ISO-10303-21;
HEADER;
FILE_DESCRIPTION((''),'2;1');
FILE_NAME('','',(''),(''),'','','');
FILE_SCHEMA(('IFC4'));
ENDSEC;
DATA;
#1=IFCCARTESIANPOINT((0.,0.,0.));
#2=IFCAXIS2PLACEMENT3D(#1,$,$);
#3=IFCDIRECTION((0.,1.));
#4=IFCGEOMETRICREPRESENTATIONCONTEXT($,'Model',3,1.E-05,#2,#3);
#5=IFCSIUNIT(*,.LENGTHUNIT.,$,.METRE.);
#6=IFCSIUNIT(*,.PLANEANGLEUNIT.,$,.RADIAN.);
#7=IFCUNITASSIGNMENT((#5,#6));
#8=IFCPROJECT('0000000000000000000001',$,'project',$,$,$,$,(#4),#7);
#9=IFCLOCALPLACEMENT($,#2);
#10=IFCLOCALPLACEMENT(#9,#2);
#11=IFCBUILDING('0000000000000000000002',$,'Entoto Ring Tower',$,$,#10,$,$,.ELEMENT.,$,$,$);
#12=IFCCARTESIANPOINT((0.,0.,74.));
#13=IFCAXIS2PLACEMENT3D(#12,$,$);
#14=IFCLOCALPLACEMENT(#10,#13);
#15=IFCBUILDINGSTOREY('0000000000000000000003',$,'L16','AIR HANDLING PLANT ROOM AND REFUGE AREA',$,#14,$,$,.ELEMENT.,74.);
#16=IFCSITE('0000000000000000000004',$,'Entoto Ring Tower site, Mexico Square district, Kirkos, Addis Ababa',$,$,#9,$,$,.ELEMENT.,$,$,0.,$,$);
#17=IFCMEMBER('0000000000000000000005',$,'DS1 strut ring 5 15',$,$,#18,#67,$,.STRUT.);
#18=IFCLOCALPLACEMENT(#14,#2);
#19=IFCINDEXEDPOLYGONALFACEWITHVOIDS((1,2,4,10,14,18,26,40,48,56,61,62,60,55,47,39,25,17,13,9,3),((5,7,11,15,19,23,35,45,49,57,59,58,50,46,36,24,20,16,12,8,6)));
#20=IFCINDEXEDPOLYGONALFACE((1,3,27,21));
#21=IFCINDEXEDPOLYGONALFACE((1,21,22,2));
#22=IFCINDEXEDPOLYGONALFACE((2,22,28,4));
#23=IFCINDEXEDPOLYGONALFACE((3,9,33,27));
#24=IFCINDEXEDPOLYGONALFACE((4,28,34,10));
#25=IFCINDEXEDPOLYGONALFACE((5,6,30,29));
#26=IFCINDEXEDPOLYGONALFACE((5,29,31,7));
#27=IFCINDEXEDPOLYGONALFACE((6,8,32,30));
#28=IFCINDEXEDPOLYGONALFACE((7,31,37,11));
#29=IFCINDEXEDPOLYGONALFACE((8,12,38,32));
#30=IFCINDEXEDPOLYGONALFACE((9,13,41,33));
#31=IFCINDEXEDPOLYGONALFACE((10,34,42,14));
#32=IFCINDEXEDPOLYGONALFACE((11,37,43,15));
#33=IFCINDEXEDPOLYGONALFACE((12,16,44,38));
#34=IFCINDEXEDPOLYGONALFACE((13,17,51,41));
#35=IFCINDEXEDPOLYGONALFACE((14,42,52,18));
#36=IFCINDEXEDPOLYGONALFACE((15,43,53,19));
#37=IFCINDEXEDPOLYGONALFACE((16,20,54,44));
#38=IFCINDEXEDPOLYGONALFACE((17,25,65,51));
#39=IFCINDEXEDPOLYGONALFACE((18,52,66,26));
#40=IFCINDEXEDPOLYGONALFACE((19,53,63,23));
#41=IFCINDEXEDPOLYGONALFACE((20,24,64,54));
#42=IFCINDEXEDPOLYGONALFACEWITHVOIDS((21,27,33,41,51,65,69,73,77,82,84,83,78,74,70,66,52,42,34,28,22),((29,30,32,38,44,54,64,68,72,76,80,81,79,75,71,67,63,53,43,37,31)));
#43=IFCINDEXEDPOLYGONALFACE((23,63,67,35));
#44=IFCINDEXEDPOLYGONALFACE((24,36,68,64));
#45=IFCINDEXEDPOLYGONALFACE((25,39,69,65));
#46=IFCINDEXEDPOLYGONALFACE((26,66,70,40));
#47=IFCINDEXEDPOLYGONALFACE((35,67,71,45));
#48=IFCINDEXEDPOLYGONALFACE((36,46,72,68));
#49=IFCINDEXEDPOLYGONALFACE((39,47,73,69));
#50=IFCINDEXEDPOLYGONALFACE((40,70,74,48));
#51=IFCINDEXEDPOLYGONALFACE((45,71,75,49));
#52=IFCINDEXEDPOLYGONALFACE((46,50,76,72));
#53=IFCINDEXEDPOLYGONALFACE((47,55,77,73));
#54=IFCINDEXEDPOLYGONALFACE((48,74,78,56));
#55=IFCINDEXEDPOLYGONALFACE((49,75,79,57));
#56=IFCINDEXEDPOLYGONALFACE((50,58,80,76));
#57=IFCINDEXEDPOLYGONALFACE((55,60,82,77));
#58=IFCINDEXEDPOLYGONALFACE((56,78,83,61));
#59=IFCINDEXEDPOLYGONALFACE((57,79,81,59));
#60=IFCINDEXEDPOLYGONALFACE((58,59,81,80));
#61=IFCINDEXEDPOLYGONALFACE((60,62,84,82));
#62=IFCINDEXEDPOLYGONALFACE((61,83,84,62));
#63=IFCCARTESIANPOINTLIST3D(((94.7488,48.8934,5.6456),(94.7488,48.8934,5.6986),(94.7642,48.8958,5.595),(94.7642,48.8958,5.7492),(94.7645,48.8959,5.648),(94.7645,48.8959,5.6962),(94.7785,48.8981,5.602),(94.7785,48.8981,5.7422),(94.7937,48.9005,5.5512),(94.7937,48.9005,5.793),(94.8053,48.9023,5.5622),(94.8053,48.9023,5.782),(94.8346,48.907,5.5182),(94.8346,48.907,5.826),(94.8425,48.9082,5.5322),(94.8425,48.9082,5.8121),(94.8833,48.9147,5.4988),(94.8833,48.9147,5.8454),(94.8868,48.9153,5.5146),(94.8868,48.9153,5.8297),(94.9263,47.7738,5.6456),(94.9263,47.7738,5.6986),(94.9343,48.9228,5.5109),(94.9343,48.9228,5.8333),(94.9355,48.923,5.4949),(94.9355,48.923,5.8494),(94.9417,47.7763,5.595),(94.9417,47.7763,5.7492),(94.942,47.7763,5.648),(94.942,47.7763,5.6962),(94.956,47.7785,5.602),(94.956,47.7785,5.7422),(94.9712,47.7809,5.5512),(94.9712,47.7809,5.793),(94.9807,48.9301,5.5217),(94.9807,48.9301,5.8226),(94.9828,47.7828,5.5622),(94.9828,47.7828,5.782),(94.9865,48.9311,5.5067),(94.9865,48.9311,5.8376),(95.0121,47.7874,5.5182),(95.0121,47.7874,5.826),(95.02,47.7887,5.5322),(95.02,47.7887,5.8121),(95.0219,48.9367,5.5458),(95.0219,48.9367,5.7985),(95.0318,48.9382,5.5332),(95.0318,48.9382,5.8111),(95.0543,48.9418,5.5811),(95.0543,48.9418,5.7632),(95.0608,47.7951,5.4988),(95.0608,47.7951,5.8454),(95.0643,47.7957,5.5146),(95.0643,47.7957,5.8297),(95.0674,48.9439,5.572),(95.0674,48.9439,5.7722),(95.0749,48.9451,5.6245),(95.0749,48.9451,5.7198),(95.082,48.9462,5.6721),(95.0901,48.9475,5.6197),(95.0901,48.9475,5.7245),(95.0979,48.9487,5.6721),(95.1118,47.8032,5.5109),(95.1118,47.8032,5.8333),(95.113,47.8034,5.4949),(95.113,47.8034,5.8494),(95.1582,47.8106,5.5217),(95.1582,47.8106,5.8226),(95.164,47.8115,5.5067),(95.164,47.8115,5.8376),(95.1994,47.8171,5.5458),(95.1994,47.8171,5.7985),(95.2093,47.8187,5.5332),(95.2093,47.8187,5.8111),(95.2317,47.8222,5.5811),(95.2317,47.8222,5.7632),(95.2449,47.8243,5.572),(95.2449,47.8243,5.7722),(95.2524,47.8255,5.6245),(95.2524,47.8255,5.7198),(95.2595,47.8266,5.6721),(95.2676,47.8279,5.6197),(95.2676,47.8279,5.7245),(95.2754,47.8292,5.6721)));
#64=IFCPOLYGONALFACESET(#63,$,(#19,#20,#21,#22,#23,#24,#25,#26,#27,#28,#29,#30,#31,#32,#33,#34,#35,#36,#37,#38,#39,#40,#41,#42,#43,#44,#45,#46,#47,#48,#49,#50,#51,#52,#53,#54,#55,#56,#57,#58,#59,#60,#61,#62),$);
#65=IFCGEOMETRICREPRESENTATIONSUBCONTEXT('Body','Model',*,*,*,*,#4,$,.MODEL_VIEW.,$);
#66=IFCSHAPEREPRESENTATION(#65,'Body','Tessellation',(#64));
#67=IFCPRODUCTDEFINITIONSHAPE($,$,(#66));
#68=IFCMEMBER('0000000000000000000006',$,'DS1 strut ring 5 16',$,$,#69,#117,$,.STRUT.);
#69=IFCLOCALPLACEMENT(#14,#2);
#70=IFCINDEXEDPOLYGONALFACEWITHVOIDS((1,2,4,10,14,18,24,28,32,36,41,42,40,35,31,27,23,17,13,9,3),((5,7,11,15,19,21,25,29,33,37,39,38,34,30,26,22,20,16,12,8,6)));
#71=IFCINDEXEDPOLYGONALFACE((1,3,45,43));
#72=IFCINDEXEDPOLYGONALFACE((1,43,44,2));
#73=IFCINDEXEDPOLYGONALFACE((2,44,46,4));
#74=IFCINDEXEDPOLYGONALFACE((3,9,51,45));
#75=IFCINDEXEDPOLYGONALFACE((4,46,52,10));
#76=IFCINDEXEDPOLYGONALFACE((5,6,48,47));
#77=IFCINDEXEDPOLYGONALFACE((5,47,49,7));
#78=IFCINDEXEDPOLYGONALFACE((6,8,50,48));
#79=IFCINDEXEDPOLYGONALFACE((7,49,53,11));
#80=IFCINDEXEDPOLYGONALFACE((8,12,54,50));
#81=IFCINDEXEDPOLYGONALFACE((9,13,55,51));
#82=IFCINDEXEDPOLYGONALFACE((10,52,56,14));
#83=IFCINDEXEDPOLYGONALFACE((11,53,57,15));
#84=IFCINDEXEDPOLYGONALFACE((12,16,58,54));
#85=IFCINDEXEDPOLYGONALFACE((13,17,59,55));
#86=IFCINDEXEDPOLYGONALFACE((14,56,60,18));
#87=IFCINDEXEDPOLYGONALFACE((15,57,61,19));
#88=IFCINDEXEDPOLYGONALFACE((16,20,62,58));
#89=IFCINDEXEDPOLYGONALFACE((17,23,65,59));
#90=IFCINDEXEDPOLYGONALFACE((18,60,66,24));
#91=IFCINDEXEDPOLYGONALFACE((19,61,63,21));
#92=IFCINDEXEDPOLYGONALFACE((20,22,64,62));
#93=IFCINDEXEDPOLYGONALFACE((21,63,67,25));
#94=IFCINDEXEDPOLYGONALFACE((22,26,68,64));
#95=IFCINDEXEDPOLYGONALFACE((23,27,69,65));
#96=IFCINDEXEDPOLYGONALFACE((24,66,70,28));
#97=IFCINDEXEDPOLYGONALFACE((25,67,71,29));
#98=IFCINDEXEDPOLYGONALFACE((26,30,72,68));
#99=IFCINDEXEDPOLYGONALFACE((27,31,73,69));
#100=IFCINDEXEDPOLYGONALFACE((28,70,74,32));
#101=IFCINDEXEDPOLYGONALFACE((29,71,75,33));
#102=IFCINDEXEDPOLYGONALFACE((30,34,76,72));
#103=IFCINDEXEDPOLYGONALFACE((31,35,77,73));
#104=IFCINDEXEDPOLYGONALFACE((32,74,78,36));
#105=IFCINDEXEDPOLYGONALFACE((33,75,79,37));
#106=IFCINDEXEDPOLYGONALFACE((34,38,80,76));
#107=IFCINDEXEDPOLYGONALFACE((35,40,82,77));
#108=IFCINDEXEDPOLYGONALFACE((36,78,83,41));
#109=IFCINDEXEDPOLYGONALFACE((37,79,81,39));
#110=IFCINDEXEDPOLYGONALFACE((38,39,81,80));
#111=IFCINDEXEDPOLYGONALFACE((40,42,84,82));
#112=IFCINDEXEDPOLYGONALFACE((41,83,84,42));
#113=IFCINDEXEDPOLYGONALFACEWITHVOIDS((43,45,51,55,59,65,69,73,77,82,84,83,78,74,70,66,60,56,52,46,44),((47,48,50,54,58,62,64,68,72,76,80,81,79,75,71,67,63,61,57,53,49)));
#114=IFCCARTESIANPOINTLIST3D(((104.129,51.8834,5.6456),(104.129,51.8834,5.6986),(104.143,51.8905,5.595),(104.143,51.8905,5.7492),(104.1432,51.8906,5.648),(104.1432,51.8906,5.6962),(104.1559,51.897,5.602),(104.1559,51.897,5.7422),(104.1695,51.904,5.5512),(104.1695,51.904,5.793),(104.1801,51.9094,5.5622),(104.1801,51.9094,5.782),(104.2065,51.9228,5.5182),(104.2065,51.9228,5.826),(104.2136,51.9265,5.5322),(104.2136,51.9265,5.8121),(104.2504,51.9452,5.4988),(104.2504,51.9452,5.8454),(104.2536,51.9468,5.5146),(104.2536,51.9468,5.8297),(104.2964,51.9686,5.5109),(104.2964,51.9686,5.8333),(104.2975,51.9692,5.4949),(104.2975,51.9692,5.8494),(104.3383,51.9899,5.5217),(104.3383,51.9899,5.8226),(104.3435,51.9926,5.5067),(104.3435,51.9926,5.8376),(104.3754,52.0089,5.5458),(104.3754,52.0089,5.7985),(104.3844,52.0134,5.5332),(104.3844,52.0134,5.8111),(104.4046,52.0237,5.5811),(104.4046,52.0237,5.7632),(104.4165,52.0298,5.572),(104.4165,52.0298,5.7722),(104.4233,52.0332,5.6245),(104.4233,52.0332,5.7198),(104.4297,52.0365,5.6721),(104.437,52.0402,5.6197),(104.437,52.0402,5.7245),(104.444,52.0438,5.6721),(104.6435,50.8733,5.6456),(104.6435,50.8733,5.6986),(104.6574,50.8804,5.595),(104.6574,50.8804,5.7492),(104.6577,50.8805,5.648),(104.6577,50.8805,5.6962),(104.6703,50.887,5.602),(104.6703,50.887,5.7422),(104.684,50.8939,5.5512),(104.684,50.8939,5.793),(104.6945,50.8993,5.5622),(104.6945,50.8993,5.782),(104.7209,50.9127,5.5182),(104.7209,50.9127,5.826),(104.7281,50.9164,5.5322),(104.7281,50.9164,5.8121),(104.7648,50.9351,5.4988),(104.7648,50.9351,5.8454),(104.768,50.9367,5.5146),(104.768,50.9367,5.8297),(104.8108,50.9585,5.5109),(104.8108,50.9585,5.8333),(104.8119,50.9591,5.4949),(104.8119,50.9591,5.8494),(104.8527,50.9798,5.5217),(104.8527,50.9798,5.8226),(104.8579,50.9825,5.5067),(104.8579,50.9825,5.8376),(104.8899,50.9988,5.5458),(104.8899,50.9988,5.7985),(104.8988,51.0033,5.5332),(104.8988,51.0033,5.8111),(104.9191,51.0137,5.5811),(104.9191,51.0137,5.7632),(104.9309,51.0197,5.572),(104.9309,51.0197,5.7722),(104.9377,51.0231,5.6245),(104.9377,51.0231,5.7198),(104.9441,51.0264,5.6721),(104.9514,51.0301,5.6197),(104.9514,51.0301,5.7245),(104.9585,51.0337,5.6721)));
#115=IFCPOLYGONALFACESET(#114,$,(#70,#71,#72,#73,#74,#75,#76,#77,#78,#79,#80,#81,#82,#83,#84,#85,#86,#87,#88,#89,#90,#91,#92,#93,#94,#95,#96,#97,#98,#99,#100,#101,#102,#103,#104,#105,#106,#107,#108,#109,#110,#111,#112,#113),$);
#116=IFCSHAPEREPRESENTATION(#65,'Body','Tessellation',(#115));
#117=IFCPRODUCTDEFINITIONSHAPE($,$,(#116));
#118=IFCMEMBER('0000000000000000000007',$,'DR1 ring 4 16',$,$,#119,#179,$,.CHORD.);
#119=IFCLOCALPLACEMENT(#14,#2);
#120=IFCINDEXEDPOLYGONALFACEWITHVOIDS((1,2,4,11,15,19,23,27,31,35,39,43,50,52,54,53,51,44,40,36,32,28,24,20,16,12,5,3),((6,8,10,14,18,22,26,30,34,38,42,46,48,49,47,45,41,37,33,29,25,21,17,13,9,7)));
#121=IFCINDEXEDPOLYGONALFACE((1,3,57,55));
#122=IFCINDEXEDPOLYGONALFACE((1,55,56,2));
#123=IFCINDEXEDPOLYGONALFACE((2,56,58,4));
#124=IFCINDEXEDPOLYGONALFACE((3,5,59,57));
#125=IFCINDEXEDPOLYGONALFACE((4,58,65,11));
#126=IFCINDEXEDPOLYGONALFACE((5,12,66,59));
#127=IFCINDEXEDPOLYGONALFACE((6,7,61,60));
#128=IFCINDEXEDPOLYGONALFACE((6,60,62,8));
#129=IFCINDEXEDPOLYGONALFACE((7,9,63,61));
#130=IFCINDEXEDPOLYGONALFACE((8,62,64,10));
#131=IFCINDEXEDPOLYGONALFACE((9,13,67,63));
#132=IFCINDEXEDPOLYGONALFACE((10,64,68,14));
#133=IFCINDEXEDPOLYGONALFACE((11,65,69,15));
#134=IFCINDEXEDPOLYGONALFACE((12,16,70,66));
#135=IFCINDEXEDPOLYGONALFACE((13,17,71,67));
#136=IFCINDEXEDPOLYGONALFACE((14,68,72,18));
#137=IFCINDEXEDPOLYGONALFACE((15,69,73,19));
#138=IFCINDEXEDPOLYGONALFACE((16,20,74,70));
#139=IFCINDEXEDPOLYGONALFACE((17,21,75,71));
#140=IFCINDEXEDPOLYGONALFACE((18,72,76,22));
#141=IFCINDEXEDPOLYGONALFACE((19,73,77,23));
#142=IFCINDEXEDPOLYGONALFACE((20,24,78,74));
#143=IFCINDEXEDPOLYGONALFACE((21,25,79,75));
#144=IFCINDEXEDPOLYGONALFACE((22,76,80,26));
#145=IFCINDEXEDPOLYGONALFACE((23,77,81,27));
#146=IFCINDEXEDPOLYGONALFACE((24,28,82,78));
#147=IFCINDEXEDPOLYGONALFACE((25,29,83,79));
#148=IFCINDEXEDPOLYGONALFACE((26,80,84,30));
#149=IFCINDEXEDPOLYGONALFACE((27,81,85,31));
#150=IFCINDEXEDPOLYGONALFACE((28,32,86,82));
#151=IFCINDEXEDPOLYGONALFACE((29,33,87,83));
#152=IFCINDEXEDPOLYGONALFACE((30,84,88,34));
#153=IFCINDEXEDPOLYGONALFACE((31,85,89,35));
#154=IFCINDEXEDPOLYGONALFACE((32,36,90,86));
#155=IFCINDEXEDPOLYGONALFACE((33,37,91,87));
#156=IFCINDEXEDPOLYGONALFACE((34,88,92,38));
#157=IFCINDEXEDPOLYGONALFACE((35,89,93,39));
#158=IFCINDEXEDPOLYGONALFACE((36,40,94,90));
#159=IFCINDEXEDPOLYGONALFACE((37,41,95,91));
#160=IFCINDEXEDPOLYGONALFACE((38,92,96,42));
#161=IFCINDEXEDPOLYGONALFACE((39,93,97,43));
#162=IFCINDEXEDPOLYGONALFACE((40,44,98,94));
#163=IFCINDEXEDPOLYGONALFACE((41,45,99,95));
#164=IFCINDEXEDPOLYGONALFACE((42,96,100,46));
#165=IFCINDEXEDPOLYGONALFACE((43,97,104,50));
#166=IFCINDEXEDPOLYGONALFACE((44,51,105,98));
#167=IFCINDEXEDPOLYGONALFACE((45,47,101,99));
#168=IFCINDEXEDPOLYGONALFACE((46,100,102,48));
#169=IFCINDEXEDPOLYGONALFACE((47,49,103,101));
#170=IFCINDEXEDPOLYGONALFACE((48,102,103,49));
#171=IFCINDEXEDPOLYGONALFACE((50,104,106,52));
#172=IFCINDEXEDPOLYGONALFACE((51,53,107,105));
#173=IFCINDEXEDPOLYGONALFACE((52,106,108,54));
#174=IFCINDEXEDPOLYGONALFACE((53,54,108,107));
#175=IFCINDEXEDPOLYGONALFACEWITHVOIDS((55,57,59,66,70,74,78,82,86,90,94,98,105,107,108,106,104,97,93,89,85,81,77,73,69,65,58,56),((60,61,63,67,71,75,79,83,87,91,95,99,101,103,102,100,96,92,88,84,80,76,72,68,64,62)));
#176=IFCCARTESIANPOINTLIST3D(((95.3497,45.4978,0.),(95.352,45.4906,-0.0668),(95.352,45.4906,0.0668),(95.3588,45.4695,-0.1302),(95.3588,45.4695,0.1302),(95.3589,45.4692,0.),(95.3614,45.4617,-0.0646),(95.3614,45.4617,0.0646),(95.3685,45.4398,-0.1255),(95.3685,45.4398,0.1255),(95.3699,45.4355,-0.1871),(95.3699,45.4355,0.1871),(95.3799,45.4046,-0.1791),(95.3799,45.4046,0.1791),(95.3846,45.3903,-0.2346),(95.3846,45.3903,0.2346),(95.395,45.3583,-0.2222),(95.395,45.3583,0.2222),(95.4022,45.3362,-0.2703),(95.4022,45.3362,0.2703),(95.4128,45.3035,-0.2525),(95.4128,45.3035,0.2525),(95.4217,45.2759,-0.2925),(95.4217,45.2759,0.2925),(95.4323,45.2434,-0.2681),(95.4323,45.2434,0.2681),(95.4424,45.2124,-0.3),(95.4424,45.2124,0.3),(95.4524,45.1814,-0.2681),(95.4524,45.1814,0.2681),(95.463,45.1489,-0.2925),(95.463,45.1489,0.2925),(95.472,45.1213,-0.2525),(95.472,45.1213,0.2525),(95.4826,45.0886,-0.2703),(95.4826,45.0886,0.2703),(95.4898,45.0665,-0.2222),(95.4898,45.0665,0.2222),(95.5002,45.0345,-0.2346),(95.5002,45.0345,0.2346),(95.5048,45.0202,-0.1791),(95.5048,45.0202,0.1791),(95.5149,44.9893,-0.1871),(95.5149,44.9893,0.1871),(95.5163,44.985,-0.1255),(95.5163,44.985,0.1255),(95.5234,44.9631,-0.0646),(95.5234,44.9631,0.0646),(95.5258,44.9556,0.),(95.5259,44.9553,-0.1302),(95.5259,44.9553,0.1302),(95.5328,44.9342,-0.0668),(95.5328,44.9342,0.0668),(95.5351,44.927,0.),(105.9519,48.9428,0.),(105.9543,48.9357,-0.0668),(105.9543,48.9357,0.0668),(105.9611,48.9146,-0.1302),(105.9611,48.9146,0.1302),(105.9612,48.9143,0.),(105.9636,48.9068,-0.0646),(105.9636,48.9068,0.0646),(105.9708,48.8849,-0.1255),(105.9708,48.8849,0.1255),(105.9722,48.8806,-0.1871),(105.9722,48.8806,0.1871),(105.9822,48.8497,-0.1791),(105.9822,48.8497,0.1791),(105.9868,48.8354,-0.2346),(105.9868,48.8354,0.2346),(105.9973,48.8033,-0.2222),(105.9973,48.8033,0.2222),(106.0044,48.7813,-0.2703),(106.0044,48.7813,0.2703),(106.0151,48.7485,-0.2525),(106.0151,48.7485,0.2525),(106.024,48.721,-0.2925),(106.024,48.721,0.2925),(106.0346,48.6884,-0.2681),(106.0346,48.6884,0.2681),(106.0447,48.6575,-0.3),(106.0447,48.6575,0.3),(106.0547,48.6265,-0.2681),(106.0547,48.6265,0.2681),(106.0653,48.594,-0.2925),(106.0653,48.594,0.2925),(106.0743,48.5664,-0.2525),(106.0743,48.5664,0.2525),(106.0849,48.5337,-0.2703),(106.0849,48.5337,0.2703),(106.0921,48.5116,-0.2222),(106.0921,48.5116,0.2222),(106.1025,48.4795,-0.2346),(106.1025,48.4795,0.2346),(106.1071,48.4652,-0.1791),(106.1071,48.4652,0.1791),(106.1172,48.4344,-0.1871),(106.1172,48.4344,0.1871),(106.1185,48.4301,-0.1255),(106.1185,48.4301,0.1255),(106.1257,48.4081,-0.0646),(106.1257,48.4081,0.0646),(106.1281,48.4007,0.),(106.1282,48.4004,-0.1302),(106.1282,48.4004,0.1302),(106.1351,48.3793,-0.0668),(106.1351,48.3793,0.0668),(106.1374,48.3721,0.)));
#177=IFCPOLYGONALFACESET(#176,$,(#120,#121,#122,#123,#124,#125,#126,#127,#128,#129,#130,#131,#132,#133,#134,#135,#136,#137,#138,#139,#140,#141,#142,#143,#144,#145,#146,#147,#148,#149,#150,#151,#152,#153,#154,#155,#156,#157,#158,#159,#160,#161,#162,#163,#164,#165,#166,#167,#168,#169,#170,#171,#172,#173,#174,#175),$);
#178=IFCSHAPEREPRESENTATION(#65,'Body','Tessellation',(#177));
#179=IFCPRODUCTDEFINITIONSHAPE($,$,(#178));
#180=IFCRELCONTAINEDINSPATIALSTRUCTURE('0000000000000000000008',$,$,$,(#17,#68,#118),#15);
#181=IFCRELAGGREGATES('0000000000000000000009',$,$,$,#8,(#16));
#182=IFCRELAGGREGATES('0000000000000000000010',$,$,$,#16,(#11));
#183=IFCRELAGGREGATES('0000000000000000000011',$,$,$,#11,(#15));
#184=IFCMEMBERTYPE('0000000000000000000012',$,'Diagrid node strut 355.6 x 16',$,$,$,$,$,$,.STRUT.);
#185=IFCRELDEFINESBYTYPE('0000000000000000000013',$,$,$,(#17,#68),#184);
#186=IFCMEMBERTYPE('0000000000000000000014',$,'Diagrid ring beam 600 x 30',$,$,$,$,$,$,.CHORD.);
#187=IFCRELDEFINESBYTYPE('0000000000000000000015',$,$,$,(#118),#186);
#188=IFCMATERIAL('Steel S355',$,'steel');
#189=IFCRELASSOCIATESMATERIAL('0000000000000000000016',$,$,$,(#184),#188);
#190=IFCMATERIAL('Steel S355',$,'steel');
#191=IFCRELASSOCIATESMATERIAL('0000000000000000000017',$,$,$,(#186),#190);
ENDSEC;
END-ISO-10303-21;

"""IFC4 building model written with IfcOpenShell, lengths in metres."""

from ifc_helpers import new_model, si_unit, direction, frame, origin, origin_2d, place, context, subcontext, project, spatial, circle, hollow_circle, extrude, material, material_profile, profile_set, type_object, element, save


model = new_model("IFC4")

# Units and contexts
model_context = context("Model", 3, precision=1e-05, world=origin(), true_north=direction((0.0, 1.0)))
body_context = subcontext(model_context, "Body", "Model", "MODEL_VIEW")
ifc_project = project(units=[si_unit("LENGTHUNIT", "METRE"), si_unit("PLANEANGLEUNIT", "RADIAN")], contexts=[model_context])

# Site, building, storey
site_placement = place(None, origin())
site = spatial("IfcSite", under=ifc_project, at=site_placement, Name="Entoto Ring Tower site, Mexico Square district, Kirkos, Addis Ababa", CompositionType="ELEMENT", RefElevation=0.0)
building_placement = place(site_placement, origin())
building = spatial("IfcBuilding", under=site, at=building_placement, Name="Entoto Ring Tower", CompositionType="ELEMENT")
storey_placement = place(building_placement, frame((0.0, 0.0, 74.0)))
storey = spatial("IfcBuildingStorey", under=building, at=storey_placement, Name="L16", Description="AIR HANDLING PLANT ROOM AND REFUGE AREA", CompositionType="ELEMENT", Elevation=74.0)

# Members
ifc_material_1 = material(Name="Steel S355", Category="steel")
ifc_material_profile_1 = material_profile(ifc_material_1, hollow_circle(Radius=0.1777, WallThickness=0.0161, at=origin_2d()), Name="CHS 355.6 x 16")
ifc_material_2 = material(Name="Concrete C60/75", Category="concrete")
ifc_material_profile_2 = material_profile(ifc_material_2, circle(Radius=0.1619, at=origin_2d()), Name="Concrete C60/75 infill")
ifc_profile_set_1 = profile_set([ifc_material_profile_1, ifc_material_profile_2], Name="Steel S355")
member_type_1 = type_object("IfcMemberType", Name="Diagrid node strut 355.6 x 16", PredefinedType="STRUT", material=ifc_profile_set_1)
for number, where, z_axis, x_axis, name in (
    (1, (94.9224, 48.9209, 5.6721), (0.156571, -0.987667, 0.0), (0.987667, 0.156571, 0.0), "DS1 strut ring 5 15"),
    (2, (104.2856, 51.9631, 5.6721), (0.453835, -0.891086, 0.0), (0.891086, 0.453835, 0.0), "DS1 strut ring 5 16"),
):
    element("IfcMember", number, at=place(storey_placement, frame(where, z_axis=z_axis, x_axis=x_axis)), inside=storey, type_object=member_type_1, Name=name, PredefinedType="STRUT", context=body_context, shape_type="SweptSolid", body=[
        extrude(hollow_circle(Radius=0.1777, WallThickness=0.0161, at=origin_2d()), origin(), (0.0, 0.0, 1.0), 1.1335),
    ])
ifc_material_3 = material(Name="Steel S355", Category="steel")
ifc_material_profile_3 = material_profile(ifc_material_3, hollow_circle(Radius=0.3, WallThickness=0.03, at=origin_2d()), Name="CHS 600 x 30")
ifc_material_4 = material(Name="Concrete C60/75", Category="concrete")
ifc_material_profile_4 = material_profile(ifc_material_4, circle(Radius=0.27, at=origin_2d()), Name="Concrete C60/75 infill")
ifc_profile_set_2 = profile_set([ifc_material_profile_3, ifc_material_profile_4], Name="Steel S355")
member_type_2 = type_object("IfcMemberType", Name="Diagrid ring beam 600 x 30", PredefinedType="CHORD", material=ifc_profile_set_2)
member_1_placement = place(storey_placement, frame((95.4424, 45.2124, 0.0), z_axis=(0.951052, 0.309031, 0.0), x_axis=(-0.309031, 0.951052, 0.0)))
element("IfcMember", 3, at=member_1_placement, inside=storey, type_object=member_type_2, Name="DR1 ring 4 16", PredefinedType="CHORD", context=body_context, shape_type="SweptSolid", body=[
    extrude(hollow_circle(Radius=0.3, WallThickness=0.03, at=origin_2d()), origin(), (0.0, 0.0, 1.0), 11.1479),
])

save(model, "model.ifc")
